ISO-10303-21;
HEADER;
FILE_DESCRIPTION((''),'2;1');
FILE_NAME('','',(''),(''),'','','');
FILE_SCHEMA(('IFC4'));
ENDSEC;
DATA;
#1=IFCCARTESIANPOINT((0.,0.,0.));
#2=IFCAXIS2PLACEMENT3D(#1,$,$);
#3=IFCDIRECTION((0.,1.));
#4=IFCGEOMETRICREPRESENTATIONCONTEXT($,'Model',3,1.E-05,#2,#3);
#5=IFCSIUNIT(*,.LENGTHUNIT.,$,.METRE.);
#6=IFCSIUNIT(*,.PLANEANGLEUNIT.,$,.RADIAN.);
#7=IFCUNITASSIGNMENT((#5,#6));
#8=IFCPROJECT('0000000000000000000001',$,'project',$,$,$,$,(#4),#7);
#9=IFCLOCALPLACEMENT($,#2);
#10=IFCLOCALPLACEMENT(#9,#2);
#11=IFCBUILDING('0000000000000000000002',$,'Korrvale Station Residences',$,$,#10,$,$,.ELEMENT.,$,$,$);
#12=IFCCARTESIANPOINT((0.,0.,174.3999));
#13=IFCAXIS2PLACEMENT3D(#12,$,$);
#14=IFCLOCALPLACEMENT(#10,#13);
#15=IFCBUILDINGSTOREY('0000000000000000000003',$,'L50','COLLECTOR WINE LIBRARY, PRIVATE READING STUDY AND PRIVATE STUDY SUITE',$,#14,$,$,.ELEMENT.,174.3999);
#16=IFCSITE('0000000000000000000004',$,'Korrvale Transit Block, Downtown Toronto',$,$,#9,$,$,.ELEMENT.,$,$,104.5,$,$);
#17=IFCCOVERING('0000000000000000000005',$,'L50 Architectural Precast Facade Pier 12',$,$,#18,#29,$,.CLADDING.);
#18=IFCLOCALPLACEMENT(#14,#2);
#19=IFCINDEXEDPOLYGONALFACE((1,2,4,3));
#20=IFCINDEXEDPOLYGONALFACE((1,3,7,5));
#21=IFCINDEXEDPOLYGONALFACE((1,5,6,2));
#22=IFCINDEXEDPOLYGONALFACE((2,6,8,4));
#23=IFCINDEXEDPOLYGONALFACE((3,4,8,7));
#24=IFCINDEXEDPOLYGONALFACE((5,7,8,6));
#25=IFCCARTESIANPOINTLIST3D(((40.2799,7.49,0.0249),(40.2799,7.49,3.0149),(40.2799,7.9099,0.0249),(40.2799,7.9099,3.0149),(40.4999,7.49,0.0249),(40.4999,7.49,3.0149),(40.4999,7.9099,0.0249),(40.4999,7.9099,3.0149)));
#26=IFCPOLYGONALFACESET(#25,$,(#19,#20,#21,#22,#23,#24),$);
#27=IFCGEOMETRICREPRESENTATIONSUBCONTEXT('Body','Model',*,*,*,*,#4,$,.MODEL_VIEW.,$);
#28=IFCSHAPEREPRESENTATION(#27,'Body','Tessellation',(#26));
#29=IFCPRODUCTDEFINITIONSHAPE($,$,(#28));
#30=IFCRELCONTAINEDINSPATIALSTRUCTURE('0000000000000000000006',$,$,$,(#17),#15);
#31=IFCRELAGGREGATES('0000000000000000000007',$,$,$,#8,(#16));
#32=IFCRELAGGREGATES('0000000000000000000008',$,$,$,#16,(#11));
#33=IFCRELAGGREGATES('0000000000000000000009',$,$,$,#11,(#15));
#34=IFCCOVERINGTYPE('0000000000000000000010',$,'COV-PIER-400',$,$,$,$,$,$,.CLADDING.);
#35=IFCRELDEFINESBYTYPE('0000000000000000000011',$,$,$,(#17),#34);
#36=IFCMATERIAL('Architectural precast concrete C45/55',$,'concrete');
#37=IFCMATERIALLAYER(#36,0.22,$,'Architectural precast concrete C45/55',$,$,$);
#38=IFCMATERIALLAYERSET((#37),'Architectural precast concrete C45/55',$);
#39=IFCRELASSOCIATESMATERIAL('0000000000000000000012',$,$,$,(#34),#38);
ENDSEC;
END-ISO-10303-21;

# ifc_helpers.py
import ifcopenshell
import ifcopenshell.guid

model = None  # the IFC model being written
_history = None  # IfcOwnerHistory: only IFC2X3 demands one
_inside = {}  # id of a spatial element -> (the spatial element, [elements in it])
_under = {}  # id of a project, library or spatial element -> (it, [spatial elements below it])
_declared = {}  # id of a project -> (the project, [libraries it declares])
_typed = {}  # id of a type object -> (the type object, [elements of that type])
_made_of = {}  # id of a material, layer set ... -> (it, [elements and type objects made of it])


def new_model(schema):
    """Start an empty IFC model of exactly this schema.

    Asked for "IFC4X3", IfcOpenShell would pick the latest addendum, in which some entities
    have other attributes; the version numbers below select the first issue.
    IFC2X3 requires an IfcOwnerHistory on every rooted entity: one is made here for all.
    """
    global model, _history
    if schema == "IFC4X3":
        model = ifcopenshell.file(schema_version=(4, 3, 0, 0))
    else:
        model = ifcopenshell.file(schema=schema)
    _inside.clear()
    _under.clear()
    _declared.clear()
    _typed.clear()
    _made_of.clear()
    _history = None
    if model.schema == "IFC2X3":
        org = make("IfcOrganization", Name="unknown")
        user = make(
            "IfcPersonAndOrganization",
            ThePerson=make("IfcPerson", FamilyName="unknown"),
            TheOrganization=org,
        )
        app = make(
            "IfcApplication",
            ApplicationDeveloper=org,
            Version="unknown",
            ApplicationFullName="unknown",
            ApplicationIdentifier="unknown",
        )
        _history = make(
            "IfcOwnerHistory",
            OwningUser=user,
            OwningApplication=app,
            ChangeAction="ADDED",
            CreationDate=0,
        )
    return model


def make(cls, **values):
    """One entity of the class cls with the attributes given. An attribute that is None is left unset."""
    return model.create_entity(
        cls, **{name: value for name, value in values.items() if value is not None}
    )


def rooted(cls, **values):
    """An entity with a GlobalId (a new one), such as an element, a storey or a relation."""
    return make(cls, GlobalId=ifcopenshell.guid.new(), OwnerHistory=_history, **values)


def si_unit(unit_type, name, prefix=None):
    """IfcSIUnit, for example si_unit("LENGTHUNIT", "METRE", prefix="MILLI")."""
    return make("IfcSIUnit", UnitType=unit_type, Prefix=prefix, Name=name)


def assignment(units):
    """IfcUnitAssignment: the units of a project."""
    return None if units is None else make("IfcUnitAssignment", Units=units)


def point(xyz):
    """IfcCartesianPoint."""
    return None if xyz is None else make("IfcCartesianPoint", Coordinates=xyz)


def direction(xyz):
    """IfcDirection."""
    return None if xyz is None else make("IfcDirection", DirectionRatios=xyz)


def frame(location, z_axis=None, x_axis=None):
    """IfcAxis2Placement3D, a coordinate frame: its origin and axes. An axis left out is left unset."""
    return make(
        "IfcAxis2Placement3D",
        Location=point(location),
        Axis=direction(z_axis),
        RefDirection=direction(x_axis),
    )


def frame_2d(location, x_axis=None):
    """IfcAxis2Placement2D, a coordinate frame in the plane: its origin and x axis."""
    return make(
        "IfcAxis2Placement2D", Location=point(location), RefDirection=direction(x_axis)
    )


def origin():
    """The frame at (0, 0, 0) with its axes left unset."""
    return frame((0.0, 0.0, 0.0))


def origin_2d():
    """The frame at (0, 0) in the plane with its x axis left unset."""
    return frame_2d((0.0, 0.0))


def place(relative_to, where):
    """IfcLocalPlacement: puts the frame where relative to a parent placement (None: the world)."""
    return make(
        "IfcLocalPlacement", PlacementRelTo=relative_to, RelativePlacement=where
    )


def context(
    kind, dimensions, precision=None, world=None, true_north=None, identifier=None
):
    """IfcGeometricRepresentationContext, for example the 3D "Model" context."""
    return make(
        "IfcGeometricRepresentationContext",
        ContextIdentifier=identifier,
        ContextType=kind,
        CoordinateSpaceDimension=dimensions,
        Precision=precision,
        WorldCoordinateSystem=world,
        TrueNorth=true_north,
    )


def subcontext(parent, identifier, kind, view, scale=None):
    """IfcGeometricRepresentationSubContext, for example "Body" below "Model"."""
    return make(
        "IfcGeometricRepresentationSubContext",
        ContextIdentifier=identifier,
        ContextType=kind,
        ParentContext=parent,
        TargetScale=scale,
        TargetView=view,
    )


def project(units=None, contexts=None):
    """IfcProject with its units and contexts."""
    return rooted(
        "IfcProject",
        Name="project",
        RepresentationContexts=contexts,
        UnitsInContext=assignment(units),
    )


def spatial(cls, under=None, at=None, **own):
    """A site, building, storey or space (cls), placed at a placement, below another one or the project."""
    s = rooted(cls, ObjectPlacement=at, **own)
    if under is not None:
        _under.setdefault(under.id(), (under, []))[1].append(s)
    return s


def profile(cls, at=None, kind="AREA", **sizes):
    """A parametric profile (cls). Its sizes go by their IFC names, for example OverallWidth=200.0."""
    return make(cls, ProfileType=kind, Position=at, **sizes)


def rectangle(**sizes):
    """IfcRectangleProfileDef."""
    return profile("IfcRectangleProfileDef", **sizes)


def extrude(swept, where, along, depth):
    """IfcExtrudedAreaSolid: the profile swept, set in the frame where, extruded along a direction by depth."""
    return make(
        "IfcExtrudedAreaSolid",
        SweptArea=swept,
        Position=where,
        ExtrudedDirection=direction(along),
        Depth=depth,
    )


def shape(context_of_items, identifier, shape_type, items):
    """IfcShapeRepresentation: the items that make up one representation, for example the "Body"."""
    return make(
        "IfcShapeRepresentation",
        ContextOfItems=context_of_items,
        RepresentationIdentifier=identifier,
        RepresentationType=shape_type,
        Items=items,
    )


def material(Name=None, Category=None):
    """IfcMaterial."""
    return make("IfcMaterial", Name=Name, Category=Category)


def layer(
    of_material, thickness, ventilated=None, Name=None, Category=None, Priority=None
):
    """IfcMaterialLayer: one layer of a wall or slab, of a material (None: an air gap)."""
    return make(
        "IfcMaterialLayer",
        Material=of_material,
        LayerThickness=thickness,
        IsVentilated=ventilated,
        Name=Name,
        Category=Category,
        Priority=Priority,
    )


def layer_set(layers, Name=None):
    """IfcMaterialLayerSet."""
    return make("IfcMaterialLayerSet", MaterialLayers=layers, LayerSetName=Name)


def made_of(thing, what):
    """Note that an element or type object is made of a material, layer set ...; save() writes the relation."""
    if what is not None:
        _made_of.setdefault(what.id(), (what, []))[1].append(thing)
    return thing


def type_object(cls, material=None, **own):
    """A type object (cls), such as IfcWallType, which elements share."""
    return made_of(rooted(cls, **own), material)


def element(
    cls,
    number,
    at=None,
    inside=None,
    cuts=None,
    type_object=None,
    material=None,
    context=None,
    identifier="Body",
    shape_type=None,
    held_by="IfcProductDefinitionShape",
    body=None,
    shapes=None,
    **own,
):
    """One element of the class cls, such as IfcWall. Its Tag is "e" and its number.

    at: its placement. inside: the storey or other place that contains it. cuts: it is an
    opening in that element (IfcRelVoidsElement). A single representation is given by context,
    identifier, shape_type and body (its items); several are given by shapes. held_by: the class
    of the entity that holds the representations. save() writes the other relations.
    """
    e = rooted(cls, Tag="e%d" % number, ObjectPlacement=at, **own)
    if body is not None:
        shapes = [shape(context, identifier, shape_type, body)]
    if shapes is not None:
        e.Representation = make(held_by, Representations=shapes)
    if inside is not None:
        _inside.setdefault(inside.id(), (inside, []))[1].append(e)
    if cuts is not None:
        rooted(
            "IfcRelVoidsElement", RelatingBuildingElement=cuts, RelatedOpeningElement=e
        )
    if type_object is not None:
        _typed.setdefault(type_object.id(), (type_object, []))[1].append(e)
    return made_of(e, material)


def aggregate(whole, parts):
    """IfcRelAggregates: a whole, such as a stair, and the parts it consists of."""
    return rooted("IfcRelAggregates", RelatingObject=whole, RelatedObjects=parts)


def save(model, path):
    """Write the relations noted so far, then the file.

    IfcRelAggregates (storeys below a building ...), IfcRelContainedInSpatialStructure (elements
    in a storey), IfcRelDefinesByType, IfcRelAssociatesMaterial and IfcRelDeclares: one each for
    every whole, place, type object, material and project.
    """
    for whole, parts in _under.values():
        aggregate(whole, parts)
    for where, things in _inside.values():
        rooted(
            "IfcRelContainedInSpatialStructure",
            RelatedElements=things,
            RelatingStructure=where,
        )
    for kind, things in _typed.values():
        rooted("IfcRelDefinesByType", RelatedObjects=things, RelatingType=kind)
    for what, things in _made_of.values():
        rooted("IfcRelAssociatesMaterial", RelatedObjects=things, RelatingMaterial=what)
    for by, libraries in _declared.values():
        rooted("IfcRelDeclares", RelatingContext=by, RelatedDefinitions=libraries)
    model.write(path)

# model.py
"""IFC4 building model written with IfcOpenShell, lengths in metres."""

from ifc_helpers import new_model, si_unit, direction, frame, origin, origin_2d, place, context, subcontext, project, spatial, rectangle, extrude, material, layer, layer_set, type_object, element, save


model = new_model("IFC4")

# Units and contexts
model_context = context("Model", 3, precision=1e-05, world=origin(), true_north=direction((0.0, 1.0)))
body_context = subcontext(model_context, "Body", "Model", "MODEL_VIEW")
ifc_project = project(units=[si_unit("LENGTHUNIT", "METRE"), si_unit("PLANEANGLEUNIT", "RADIAN")], contexts=[model_context])

# Site, building, storey
site_placement = place(None, origin())
site = spatial("IfcSite", under=ifc_project, at=site_placement, Name="Korrvale Transit Block, Downtown Toronto", CompositionType="ELEMENT", RefElevation=104.5)
building_placement = place(site_placement, origin())
building = spatial("IfcBuilding", under=site, at=building_placement, Name="Korrvale Station Residences", CompositionType="ELEMENT")
storey_placement = place(building_placement, frame((0.0, 0.0, 174.3999)))
storey = spatial("IfcBuildingStorey", under=building, at=storey_placement, Name="L50", Description="COLLECTOR WINE LIBRARY, PRIVATE READING STUDY AND PRIVATE STUDY SUITE", CompositionType="ELEMENT", Elevation=174.3999)

# Covering
ifc_material_1 = material(Name="Architectural precast concrete C45/55", Category="concrete")
ifc_layer_1 = layer(ifc_material_1, 0.22, Name="Architectural precast concrete C45/55")
ifc_layer_set_1 = layer_set([ifc_layer_1], Name="Architectural precast concrete C45/55")
covering_type = type_object("IfcCoveringType", Name="COV-PIER-400", PredefinedType="CLADDING", material=ifc_layer_set_1)
for number, where, z_axis, x_axis, name in (
    (1, (40.3899, 7.7, 0.0249), (0.0, 0.0, 1.0), (0.0, 1.0, 0.0), "L50 Architectural Precast Facade Pier 12"),
):
    element("IfcCovering", number, at=place(storey_placement, frame(where, z_axis=z_axis, x_axis=x_axis)), inside=storey, type_object=covering_type, Name=name, PredefinedType="CLADDING", context=body_context, shape_type="SweptSolid", body=[
        extrude(rectangle(XDim=0.4199, YDim=0.22, at=origin_2d()), origin(), (0.0, 0.0, 1.0), 2.99),
    ])

save(model, "model.ifc")
